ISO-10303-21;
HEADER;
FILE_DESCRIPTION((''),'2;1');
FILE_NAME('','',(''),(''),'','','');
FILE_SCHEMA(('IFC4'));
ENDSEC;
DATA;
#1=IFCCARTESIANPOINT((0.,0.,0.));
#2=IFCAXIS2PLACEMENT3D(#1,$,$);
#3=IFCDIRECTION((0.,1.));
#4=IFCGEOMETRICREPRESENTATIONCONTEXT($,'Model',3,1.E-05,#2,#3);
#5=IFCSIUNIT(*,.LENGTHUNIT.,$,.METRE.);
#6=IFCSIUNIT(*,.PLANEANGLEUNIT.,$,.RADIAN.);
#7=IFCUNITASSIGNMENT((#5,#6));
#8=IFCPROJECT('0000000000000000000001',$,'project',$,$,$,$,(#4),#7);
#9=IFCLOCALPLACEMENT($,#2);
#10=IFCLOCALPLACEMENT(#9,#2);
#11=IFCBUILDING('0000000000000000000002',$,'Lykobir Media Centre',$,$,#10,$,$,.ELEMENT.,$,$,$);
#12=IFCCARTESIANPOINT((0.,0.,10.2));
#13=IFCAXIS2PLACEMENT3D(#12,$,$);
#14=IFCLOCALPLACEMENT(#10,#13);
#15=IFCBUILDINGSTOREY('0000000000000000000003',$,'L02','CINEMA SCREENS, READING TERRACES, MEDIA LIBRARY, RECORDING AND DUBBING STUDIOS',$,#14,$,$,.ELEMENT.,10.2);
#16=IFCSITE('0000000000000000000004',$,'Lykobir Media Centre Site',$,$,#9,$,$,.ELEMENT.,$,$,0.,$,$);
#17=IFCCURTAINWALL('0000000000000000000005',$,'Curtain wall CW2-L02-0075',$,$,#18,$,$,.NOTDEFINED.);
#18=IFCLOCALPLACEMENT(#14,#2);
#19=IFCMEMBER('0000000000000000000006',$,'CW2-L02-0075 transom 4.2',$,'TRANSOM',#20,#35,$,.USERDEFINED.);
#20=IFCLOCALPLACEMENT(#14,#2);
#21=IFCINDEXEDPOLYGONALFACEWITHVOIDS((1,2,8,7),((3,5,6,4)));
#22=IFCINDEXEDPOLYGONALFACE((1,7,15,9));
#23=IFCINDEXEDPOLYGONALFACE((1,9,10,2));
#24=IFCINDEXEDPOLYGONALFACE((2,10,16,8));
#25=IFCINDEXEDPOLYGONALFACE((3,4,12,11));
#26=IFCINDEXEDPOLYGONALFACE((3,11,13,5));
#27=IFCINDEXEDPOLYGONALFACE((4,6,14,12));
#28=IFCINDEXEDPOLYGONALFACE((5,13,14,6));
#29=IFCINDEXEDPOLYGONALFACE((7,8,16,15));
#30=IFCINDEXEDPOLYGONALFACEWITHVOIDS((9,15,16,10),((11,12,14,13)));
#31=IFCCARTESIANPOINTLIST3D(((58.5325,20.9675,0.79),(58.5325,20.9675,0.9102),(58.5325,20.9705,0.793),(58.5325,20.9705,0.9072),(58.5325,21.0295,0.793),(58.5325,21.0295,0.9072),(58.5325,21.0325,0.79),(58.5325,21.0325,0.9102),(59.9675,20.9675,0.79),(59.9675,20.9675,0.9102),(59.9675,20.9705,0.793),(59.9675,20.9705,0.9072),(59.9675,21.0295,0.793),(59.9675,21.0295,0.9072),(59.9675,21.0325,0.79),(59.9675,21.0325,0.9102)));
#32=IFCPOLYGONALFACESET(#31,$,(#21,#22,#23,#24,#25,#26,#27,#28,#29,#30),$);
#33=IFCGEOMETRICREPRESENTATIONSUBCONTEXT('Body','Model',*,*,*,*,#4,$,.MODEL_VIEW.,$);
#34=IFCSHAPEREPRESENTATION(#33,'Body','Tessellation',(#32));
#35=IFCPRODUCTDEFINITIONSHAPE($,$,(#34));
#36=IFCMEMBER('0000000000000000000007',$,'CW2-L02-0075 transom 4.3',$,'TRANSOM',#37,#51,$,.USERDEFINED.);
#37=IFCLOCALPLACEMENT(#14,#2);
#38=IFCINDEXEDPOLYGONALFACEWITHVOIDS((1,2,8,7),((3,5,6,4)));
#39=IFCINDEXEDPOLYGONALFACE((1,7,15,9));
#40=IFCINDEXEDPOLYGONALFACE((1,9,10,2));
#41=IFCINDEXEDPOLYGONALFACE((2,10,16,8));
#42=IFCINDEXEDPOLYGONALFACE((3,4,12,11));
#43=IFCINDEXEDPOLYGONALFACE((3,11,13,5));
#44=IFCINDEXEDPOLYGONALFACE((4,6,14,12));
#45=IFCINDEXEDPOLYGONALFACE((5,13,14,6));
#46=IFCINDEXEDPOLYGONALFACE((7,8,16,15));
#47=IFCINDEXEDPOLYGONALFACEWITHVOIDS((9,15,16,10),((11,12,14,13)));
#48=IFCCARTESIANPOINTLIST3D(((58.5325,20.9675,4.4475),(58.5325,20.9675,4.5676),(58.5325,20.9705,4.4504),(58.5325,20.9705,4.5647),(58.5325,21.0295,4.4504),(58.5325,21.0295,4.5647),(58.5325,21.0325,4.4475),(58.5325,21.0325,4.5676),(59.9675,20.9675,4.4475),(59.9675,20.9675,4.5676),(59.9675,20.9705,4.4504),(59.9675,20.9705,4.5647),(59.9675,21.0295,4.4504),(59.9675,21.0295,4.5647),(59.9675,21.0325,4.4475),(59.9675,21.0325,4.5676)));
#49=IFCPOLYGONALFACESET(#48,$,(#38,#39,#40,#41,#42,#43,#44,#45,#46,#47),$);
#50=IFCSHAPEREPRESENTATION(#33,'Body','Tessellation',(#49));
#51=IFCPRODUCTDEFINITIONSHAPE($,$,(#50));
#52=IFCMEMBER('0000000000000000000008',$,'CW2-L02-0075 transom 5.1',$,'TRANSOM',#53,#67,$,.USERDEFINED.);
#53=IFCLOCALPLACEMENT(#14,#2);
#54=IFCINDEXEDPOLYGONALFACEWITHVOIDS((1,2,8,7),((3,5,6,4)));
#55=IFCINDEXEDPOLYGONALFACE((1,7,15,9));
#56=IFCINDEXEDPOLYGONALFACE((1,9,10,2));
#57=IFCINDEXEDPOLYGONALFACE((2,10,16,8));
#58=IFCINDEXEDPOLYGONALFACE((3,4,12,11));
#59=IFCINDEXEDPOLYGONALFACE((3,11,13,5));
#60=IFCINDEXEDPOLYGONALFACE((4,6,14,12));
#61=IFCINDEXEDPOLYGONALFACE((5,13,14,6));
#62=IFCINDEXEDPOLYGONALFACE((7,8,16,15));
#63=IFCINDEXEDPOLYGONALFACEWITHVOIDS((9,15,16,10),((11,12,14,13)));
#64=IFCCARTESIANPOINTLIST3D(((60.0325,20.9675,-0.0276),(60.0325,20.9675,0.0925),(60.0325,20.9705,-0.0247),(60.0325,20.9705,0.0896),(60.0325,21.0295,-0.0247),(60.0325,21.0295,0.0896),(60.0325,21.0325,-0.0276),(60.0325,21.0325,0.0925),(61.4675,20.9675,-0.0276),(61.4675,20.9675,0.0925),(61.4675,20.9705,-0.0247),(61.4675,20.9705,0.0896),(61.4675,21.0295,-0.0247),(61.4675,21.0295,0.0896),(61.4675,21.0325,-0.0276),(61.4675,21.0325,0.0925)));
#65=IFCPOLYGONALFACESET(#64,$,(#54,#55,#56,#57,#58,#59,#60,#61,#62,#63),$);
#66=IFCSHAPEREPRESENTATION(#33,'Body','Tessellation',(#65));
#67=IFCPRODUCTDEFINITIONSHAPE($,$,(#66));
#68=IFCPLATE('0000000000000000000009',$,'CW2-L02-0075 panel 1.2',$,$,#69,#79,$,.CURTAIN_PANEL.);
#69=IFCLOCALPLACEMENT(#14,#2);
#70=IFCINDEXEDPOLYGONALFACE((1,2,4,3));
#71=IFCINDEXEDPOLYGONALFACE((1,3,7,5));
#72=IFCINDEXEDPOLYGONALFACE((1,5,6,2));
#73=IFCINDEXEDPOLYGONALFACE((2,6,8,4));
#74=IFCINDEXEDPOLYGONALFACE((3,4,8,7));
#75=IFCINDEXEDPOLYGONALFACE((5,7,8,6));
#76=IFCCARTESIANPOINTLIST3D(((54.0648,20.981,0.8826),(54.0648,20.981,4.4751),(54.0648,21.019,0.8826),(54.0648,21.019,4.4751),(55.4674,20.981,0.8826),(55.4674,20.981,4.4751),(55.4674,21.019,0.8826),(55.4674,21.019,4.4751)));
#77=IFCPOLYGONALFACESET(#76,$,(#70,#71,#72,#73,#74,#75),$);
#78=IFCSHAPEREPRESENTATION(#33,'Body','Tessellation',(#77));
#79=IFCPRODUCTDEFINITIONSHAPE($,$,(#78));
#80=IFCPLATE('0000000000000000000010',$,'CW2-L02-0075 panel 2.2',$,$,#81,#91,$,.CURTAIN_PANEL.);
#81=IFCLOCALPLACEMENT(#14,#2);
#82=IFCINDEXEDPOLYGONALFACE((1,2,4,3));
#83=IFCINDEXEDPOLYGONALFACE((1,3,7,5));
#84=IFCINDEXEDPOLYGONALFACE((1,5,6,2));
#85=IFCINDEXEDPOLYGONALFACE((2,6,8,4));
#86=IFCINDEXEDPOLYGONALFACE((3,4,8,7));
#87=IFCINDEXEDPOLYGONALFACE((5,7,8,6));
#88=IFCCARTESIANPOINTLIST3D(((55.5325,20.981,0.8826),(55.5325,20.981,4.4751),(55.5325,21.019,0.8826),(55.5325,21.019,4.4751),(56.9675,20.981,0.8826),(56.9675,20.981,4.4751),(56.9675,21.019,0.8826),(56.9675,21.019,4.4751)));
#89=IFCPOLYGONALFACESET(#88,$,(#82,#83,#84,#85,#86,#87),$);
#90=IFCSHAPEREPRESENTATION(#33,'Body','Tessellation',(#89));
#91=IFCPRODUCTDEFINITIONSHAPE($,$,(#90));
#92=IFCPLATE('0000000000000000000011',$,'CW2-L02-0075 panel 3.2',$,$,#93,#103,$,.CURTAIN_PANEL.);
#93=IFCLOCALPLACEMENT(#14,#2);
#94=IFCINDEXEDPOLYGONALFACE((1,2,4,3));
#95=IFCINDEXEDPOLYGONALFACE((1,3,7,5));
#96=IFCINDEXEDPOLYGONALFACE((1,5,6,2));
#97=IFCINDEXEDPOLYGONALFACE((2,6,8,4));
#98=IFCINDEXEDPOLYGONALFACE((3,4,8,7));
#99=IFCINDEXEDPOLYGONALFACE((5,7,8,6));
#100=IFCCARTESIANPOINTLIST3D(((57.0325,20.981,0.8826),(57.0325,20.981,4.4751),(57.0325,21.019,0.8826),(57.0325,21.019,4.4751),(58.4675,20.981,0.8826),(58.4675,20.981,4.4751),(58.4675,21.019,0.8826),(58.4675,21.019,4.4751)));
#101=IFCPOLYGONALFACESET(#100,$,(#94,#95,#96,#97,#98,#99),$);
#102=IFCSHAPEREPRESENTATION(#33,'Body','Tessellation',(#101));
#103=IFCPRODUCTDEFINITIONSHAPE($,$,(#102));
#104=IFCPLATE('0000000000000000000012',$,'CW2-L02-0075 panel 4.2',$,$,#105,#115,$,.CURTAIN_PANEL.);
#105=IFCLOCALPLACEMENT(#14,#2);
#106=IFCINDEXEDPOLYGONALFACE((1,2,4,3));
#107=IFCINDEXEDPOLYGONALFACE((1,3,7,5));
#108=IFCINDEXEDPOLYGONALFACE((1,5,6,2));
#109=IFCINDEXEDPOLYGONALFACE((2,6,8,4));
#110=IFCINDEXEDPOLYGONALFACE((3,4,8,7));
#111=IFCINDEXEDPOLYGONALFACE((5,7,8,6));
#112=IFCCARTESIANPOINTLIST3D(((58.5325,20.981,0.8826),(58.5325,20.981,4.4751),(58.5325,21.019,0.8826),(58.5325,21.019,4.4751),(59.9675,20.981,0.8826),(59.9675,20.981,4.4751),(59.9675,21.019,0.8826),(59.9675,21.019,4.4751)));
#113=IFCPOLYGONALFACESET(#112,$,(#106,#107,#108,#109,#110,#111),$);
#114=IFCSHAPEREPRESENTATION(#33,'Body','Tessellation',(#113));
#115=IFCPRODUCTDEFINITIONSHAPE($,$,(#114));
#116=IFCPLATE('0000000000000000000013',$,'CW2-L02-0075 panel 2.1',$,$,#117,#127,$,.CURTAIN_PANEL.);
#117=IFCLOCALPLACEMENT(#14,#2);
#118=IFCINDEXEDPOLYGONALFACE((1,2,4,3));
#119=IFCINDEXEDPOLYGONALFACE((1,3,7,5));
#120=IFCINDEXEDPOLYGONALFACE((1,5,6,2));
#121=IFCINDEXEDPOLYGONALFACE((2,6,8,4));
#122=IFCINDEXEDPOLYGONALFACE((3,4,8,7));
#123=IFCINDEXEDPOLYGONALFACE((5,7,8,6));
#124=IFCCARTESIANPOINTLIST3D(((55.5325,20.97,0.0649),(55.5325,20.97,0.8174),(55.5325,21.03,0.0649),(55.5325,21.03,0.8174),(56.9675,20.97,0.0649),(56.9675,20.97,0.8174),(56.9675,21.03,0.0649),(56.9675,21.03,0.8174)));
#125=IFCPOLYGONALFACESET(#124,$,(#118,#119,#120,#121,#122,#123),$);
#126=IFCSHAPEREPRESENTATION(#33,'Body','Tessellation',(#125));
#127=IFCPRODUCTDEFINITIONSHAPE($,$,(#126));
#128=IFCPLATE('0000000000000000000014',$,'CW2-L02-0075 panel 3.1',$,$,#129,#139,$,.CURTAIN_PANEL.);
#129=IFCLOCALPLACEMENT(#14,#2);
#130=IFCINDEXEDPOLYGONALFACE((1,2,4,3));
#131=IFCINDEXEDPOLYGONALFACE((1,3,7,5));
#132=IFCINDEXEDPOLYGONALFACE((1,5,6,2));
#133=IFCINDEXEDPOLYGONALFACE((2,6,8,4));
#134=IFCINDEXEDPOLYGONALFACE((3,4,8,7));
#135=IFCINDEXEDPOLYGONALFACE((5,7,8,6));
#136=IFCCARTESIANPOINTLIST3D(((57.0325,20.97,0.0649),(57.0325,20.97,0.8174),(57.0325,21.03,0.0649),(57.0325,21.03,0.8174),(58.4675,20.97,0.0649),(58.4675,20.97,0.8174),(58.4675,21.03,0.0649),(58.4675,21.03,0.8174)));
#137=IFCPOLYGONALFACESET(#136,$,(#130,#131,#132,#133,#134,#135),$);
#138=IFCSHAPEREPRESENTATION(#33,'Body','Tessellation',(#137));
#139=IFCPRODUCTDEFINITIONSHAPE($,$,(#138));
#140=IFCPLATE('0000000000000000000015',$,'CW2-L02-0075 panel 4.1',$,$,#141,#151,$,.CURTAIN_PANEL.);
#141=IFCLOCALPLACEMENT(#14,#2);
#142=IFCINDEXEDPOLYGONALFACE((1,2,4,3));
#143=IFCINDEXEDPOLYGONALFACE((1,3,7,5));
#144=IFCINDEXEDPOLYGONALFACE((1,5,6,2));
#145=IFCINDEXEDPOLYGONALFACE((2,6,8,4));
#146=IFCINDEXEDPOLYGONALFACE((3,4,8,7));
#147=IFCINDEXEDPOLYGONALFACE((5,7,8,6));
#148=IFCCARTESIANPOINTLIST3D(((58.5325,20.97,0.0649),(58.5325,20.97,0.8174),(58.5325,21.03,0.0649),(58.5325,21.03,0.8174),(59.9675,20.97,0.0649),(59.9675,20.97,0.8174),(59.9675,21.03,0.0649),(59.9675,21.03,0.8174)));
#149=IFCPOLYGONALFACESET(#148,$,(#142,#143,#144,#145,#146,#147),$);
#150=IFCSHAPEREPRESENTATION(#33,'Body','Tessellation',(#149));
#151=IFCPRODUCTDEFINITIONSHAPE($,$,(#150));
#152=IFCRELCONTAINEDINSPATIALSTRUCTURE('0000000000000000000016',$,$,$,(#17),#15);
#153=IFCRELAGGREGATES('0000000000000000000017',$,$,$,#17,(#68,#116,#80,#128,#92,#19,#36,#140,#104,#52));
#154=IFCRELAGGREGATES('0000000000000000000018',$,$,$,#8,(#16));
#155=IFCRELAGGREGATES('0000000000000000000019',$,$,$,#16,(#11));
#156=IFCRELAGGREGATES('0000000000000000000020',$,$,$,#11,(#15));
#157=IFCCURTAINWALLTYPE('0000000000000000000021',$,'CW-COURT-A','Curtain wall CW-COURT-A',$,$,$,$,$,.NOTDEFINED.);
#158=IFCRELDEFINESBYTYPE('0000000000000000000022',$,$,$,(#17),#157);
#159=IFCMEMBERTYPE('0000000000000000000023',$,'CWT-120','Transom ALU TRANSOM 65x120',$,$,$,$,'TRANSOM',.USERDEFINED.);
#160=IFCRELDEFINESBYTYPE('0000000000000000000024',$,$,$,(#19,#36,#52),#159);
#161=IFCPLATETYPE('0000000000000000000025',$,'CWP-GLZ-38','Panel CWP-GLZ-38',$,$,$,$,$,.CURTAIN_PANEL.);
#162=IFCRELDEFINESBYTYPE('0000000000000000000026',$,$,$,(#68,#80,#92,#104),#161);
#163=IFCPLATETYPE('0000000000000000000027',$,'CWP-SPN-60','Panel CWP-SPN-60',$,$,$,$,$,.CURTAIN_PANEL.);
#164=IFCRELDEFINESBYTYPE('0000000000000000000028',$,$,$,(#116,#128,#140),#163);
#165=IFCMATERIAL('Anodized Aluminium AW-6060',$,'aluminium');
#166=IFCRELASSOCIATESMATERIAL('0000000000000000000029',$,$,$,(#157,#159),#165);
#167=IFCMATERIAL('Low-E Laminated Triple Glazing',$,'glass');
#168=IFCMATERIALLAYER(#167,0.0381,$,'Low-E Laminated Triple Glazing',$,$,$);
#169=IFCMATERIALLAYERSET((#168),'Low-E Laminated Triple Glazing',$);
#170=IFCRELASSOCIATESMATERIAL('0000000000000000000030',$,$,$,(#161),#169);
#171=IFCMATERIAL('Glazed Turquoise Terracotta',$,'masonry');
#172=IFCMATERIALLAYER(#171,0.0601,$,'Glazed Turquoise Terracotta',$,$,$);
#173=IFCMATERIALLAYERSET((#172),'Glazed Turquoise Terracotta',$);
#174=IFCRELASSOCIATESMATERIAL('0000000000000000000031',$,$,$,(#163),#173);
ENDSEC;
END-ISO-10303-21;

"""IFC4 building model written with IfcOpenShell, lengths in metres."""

from ifc_helpers import new_model, si_unit, direction, frame, origin, origin_2d, place, context, subcontext, project, spatial, rectangle, hollow_rectangle, extrude, material, layer, layer_set, material_profile, profile_set, type_object, element, aggregate, save


model = new_model("IFC4")

# Units and contexts
model_context = context("Model", 3, precision=1e-05, world=origin(), true_north=direction((0.0, 1.0)))
body_context = subcontext(model_context, "Body", "Model", "MODEL_VIEW")
ifc_project = project(units=[si_unit("LENGTHUNIT", "METRE"), si_unit("PLANEANGLEUNIT", "RADIAN")], contexts=[model_context])

# Site, building, storey
site_placement = place(None, origin())
site = spatial("IfcSite", under=ifc_project, at=site_placement, Name="Lykobir Media Centre Site", CompositionType="ELEMENT", RefElevation=0.0)
building_placement = place(site_placement, origin())
building = spatial("IfcBuilding", under=site, at=building_placement, Name="Lykobir Media Centre", CompositionType="ELEMENT")
storey_placement = place(building_placement, frame((0.0, 0.0, 10.2)))
storey = spatial("IfcBuildingStorey", under=building, at=storey_placement, Name="L02", Description="CINEMA SCREENS, READING TERRACES, MEDIA LIBRARY, RECORDING AND DUBBING STUDIOS", CompositionType="ELEMENT", Elevation=10.2)

# Curtain wall, members, plates
ifc_material_1 = material(Name="Anodized Aluminium AW-6060", Category="aluminium")
curtain_wall_type = type_object("IfcCurtainWallType", Name="CW-COURT-A", Description="Curtain wall CW-COURT-A", PredefinedType="NOTDEFINED", material=ifc_material_1)
curtain_wall_placement = place(storey_placement, origin())
curtain_wall = element("IfcCurtainWall", 1, at=curtain_wall_placement, inside=storey, type_object=curtain_wall_type, Name="Curtain wall CW2-L02-0075", PredefinedType="NOTDEFINED")
ifc_material_profile_1 = material_profile(ifc_material_1, hollow_rectangle(XDim=0.0649, YDim=0.1201, WallThickness=0.0029, at=origin_2d()), Name="ALU TRANSOM 65x120")
ifc_profile_set_1 = profile_set([ifc_material_profile_1], Name="Anodized Aluminium AW-6060")
member_type_1 = type_object("IfcMemberType", Name="CWT-120", Description="Transom ALU TRANSOM 65x120", ElementType="TRANSOM", PredefinedType="USERDEFINED", material=ifc_profile_set_1)
member_1_placement = place(storey_placement, frame((58.5325, 21.0, 0.8501), z_axis=(1.0, 0.0, 0.0), x_axis=(0.0, 1.0, 0.0)))
member_1 = element("IfcMember", 2, at=member_1_placement, type_object=member_type_1, Name="CW2-L02-0075 transom 4.2", ObjectType="TRANSOM", PredefinedType="USERDEFINED", context=body_context, shape_type="SweptSolid", body=[
    extrude(hollow_rectangle(XDim=0.0649, YDim=0.1201, WallThickness=0.0029, at=origin_2d()), origin(), (0.0, 0.0, 1.0), 1.4351),
])
member_2_placement = place(storey_placement, frame((58.5325, 21.0, 4.5076), z_axis=(1.0, 0.0, 0.0), x_axis=(0.0, 1.0, 0.0)))
member_2 = element("IfcMember", 3, at=member_2_placement, type_object=member_type_1, Name="CW2-L02-0075 transom 4.3", ObjectType="TRANSOM", PredefinedType="USERDEFINED", context=body_context, shape_type="SweptSolid", body=[
    extrude(hollow_rectangle(XDim=0.0649, YDim=0.1201, WallThickness=0.0029, at=origin_2d()), origin(), (0.0, 0.0, 1.0), 1.4351),
])
member_3_placement = place(storey_placement, frame((60.0325, 21.0, 0.0325), z_axis=(1.0, 0.0, 0.0), x_axis=(0.0, 1.0, 0.0)))
member_3 = element("IfcMember", 4, at=member_3_placement, type_object=member_type_1, Name="CW2-L02-0075 transom 5.1", ObjectType="TRANSOM", PredefinedType="USERDEFINED", context=body_context, shape_type="SweptSolid", body=[
    extrude(hollow_rectangle(XDim=0.0649, YDim=0.1201, WallThickness=0.0029, at=origin_2d()), origin(), (0.0, 0.0, 1.0), 1.4351),
])
ifc_material_2 = material(Name="Low-E Laminated Triple Glazing", Category="glass")
ifc_layer_1 = layer(ifc_material_2, 0.0381, Name="Low-E Laminated Triple Glazing")
ifc_layer_set_1 = layer_set([ifc_layer_1], Name="Low-E Laminated Triple Glazing")
plate_type_1 = type_object("IfcPlateType", Name="CWP-GLZ-38", Description="Panel CWP-GLZ-38", PredefinedType="CURTAIN_PANEL", material=ifc_layer_set_1)
plate_1_placement = place(storey_placement, frame((54.7661, 21.0, 0.8826), z_axis=(0.0, 0.0, 1.0), x_axis=(1.0, 0.0, 0.0)))
plate_1 = element("IfcPlate", 5, at=plate_1_placement, type_object=plate_type_1, Name="CW2-L02-0075 panel 1.2", PredefinedType="CURTAIN_PANEL", context=body_context, shape_type="SweptSolid", body=[
    extrude(rectangle(XDim=1.4026, YDim=0.0381, at=origin_2d()), origin(), (0.0, 0.0, 1.0), 3.5925),
])
plate_2_placement = place(storey_placement, frame((56.25, 21.0, 0.8826), z_axis=(0.0, 0.0, 1.0), x_axis=(1.0, 0.0, 0.0)))
plate_2 = element("IfcPlate", 6, at=plate_2_placement, type_object=plate_type_1, Name="CW2-L02-0075 panel 2.2", PredefinedType="CURTAIN_PANEL", context=body_context, shape_type="SweptSolid", body=[
    extrude(rectangle(XDim=1.4351, YDim=0.0381, at=origin_2d()), origin(), (0.0, 0.0, 1.0), 3.5925),
])
plate_3_placement = place(storey_placement, frame((57.75, 21.0, 0.8826), z_axis=(0.0, 0.0, 1.0), x_axis=(1.0, 0.0, 0.0)))
plate_3 = element("IfcPlate", 7, at=plate_3_placement, type_object=plate_type_1, Name="CW2-L02-0075 panel 3.2", PredefinedType="CURTAIN_PANEL", context=body_context, shape_type="SweptSolid", body=[
    extrude(rectangle(XDim=1.4351, YDim=0.0381, at=origin_2d()), origin(), (0.0, 0.0, 1.0), 3.5925),
])
plate_4_placement = place(storey_placement, frame((59.25, 21.0, 0.8826), z_axis=(0.0, 0.0, 1.0), x_axis=(1.0, 0.0, 0.0)))
plate_4 = element("IfcPlate", 8, at=plate_4_placement, type_object=plate_type_1, Name="CW2-L02-0075 panel 4.2", PredefinedType="CURTAIN_PANEL", context=body_context, shape_type="SweptSolid", body=[
    extrude(rectangle(XDim=1.4351, YDim=0.0381, at=origin_2d()), origin(), (0.0, 0.0, 1.0), 3.5925),
])
ifc_material_3 = material(Name="Glazed Turquoise Terracotta", Category="masonry")
ifc_layer_2 = layer(ifc_material_3, 0.0601, Name="Glazed Turquoise Terracotta")
ifc_layer_set_2 = layer_set([ifc_layer_2], Name="Glazed Turquoise Terracotta")
plate_type_2 = type_object("IfcPlateType", Name="CWP-SPN-60", Description="Panel CWP-SPN-60", PredefinedType="CURTAIN_PANEL", material=ifc_layer_set_2)
plate_5_placement = place(storey_placement, frame((56.25, 21.0, 0.0649), z_axis=(0.0, 0.0, 1.0), x_axis=(1.0, 0.0, 0.0)))
plate_5 = element("IfcPlate", 9, at=plate_5_placement, type_object=plate_type_2, Name="CW2-L02-0075 panel 2.1", PredefinedType="CURTAIN_PANEL", context=body_context, shape_type="SweptSolid", body=[
    extrude(rectangle(XDim=1.4351, YDim=0.0601, at=origin_2d()), origin(), (0.0, 0.0, 1.0), 0.7524),
])
plate_6_placement = place(storey_placement, frame((57.75, 21.0, 0.0649), z_axis=(0.0, 0.0, 1.0), x_axis=(1.0, 0.0, 0.0)))
plate_6 = element("IfcPlate", 10, at=plate_6_placement, type_object=plate_type_2, Name="CW2-L02-0075 panel 3.1", PredefinedType="CURTAIN_PANEL", context=body_context, shape_type="SweptSolid", body=[
    extrude(rectangle(XDim=1.4351, YDim=0.0601, at=origin_2d()), origin(), (0.0, 0.0, 1.0), 0.7524),
])
plate_7_placement = place(storey_placement, frame((59.25, 21.0, 0.0649), z_axis=(0.0, 0.0, 1.0), x_axis=(1.0, 0.0, 0.0)))
plate_7 = element("IfcPlate", 11, at=plate_7_placement, type_object=plate_type_2, Name="CW2-L02-0075 panel 4.1", PredefinedType="CURTAIN_PANEL", context=body_context, shape_type="SweptSolid", body=[
    extrude(rectangle(XDim=1.4351, YDim=0.0601, at=origin_2d()), origin(), (0.0, 0.0, 1.0), 0.7524),
])
aggregate(curtain_wall, [plate_1, plate_5, plate_2, plate_6, plate_3, member_1, member_2, plate_7, plate_4, member_3])

save(model, "model.ifc")
